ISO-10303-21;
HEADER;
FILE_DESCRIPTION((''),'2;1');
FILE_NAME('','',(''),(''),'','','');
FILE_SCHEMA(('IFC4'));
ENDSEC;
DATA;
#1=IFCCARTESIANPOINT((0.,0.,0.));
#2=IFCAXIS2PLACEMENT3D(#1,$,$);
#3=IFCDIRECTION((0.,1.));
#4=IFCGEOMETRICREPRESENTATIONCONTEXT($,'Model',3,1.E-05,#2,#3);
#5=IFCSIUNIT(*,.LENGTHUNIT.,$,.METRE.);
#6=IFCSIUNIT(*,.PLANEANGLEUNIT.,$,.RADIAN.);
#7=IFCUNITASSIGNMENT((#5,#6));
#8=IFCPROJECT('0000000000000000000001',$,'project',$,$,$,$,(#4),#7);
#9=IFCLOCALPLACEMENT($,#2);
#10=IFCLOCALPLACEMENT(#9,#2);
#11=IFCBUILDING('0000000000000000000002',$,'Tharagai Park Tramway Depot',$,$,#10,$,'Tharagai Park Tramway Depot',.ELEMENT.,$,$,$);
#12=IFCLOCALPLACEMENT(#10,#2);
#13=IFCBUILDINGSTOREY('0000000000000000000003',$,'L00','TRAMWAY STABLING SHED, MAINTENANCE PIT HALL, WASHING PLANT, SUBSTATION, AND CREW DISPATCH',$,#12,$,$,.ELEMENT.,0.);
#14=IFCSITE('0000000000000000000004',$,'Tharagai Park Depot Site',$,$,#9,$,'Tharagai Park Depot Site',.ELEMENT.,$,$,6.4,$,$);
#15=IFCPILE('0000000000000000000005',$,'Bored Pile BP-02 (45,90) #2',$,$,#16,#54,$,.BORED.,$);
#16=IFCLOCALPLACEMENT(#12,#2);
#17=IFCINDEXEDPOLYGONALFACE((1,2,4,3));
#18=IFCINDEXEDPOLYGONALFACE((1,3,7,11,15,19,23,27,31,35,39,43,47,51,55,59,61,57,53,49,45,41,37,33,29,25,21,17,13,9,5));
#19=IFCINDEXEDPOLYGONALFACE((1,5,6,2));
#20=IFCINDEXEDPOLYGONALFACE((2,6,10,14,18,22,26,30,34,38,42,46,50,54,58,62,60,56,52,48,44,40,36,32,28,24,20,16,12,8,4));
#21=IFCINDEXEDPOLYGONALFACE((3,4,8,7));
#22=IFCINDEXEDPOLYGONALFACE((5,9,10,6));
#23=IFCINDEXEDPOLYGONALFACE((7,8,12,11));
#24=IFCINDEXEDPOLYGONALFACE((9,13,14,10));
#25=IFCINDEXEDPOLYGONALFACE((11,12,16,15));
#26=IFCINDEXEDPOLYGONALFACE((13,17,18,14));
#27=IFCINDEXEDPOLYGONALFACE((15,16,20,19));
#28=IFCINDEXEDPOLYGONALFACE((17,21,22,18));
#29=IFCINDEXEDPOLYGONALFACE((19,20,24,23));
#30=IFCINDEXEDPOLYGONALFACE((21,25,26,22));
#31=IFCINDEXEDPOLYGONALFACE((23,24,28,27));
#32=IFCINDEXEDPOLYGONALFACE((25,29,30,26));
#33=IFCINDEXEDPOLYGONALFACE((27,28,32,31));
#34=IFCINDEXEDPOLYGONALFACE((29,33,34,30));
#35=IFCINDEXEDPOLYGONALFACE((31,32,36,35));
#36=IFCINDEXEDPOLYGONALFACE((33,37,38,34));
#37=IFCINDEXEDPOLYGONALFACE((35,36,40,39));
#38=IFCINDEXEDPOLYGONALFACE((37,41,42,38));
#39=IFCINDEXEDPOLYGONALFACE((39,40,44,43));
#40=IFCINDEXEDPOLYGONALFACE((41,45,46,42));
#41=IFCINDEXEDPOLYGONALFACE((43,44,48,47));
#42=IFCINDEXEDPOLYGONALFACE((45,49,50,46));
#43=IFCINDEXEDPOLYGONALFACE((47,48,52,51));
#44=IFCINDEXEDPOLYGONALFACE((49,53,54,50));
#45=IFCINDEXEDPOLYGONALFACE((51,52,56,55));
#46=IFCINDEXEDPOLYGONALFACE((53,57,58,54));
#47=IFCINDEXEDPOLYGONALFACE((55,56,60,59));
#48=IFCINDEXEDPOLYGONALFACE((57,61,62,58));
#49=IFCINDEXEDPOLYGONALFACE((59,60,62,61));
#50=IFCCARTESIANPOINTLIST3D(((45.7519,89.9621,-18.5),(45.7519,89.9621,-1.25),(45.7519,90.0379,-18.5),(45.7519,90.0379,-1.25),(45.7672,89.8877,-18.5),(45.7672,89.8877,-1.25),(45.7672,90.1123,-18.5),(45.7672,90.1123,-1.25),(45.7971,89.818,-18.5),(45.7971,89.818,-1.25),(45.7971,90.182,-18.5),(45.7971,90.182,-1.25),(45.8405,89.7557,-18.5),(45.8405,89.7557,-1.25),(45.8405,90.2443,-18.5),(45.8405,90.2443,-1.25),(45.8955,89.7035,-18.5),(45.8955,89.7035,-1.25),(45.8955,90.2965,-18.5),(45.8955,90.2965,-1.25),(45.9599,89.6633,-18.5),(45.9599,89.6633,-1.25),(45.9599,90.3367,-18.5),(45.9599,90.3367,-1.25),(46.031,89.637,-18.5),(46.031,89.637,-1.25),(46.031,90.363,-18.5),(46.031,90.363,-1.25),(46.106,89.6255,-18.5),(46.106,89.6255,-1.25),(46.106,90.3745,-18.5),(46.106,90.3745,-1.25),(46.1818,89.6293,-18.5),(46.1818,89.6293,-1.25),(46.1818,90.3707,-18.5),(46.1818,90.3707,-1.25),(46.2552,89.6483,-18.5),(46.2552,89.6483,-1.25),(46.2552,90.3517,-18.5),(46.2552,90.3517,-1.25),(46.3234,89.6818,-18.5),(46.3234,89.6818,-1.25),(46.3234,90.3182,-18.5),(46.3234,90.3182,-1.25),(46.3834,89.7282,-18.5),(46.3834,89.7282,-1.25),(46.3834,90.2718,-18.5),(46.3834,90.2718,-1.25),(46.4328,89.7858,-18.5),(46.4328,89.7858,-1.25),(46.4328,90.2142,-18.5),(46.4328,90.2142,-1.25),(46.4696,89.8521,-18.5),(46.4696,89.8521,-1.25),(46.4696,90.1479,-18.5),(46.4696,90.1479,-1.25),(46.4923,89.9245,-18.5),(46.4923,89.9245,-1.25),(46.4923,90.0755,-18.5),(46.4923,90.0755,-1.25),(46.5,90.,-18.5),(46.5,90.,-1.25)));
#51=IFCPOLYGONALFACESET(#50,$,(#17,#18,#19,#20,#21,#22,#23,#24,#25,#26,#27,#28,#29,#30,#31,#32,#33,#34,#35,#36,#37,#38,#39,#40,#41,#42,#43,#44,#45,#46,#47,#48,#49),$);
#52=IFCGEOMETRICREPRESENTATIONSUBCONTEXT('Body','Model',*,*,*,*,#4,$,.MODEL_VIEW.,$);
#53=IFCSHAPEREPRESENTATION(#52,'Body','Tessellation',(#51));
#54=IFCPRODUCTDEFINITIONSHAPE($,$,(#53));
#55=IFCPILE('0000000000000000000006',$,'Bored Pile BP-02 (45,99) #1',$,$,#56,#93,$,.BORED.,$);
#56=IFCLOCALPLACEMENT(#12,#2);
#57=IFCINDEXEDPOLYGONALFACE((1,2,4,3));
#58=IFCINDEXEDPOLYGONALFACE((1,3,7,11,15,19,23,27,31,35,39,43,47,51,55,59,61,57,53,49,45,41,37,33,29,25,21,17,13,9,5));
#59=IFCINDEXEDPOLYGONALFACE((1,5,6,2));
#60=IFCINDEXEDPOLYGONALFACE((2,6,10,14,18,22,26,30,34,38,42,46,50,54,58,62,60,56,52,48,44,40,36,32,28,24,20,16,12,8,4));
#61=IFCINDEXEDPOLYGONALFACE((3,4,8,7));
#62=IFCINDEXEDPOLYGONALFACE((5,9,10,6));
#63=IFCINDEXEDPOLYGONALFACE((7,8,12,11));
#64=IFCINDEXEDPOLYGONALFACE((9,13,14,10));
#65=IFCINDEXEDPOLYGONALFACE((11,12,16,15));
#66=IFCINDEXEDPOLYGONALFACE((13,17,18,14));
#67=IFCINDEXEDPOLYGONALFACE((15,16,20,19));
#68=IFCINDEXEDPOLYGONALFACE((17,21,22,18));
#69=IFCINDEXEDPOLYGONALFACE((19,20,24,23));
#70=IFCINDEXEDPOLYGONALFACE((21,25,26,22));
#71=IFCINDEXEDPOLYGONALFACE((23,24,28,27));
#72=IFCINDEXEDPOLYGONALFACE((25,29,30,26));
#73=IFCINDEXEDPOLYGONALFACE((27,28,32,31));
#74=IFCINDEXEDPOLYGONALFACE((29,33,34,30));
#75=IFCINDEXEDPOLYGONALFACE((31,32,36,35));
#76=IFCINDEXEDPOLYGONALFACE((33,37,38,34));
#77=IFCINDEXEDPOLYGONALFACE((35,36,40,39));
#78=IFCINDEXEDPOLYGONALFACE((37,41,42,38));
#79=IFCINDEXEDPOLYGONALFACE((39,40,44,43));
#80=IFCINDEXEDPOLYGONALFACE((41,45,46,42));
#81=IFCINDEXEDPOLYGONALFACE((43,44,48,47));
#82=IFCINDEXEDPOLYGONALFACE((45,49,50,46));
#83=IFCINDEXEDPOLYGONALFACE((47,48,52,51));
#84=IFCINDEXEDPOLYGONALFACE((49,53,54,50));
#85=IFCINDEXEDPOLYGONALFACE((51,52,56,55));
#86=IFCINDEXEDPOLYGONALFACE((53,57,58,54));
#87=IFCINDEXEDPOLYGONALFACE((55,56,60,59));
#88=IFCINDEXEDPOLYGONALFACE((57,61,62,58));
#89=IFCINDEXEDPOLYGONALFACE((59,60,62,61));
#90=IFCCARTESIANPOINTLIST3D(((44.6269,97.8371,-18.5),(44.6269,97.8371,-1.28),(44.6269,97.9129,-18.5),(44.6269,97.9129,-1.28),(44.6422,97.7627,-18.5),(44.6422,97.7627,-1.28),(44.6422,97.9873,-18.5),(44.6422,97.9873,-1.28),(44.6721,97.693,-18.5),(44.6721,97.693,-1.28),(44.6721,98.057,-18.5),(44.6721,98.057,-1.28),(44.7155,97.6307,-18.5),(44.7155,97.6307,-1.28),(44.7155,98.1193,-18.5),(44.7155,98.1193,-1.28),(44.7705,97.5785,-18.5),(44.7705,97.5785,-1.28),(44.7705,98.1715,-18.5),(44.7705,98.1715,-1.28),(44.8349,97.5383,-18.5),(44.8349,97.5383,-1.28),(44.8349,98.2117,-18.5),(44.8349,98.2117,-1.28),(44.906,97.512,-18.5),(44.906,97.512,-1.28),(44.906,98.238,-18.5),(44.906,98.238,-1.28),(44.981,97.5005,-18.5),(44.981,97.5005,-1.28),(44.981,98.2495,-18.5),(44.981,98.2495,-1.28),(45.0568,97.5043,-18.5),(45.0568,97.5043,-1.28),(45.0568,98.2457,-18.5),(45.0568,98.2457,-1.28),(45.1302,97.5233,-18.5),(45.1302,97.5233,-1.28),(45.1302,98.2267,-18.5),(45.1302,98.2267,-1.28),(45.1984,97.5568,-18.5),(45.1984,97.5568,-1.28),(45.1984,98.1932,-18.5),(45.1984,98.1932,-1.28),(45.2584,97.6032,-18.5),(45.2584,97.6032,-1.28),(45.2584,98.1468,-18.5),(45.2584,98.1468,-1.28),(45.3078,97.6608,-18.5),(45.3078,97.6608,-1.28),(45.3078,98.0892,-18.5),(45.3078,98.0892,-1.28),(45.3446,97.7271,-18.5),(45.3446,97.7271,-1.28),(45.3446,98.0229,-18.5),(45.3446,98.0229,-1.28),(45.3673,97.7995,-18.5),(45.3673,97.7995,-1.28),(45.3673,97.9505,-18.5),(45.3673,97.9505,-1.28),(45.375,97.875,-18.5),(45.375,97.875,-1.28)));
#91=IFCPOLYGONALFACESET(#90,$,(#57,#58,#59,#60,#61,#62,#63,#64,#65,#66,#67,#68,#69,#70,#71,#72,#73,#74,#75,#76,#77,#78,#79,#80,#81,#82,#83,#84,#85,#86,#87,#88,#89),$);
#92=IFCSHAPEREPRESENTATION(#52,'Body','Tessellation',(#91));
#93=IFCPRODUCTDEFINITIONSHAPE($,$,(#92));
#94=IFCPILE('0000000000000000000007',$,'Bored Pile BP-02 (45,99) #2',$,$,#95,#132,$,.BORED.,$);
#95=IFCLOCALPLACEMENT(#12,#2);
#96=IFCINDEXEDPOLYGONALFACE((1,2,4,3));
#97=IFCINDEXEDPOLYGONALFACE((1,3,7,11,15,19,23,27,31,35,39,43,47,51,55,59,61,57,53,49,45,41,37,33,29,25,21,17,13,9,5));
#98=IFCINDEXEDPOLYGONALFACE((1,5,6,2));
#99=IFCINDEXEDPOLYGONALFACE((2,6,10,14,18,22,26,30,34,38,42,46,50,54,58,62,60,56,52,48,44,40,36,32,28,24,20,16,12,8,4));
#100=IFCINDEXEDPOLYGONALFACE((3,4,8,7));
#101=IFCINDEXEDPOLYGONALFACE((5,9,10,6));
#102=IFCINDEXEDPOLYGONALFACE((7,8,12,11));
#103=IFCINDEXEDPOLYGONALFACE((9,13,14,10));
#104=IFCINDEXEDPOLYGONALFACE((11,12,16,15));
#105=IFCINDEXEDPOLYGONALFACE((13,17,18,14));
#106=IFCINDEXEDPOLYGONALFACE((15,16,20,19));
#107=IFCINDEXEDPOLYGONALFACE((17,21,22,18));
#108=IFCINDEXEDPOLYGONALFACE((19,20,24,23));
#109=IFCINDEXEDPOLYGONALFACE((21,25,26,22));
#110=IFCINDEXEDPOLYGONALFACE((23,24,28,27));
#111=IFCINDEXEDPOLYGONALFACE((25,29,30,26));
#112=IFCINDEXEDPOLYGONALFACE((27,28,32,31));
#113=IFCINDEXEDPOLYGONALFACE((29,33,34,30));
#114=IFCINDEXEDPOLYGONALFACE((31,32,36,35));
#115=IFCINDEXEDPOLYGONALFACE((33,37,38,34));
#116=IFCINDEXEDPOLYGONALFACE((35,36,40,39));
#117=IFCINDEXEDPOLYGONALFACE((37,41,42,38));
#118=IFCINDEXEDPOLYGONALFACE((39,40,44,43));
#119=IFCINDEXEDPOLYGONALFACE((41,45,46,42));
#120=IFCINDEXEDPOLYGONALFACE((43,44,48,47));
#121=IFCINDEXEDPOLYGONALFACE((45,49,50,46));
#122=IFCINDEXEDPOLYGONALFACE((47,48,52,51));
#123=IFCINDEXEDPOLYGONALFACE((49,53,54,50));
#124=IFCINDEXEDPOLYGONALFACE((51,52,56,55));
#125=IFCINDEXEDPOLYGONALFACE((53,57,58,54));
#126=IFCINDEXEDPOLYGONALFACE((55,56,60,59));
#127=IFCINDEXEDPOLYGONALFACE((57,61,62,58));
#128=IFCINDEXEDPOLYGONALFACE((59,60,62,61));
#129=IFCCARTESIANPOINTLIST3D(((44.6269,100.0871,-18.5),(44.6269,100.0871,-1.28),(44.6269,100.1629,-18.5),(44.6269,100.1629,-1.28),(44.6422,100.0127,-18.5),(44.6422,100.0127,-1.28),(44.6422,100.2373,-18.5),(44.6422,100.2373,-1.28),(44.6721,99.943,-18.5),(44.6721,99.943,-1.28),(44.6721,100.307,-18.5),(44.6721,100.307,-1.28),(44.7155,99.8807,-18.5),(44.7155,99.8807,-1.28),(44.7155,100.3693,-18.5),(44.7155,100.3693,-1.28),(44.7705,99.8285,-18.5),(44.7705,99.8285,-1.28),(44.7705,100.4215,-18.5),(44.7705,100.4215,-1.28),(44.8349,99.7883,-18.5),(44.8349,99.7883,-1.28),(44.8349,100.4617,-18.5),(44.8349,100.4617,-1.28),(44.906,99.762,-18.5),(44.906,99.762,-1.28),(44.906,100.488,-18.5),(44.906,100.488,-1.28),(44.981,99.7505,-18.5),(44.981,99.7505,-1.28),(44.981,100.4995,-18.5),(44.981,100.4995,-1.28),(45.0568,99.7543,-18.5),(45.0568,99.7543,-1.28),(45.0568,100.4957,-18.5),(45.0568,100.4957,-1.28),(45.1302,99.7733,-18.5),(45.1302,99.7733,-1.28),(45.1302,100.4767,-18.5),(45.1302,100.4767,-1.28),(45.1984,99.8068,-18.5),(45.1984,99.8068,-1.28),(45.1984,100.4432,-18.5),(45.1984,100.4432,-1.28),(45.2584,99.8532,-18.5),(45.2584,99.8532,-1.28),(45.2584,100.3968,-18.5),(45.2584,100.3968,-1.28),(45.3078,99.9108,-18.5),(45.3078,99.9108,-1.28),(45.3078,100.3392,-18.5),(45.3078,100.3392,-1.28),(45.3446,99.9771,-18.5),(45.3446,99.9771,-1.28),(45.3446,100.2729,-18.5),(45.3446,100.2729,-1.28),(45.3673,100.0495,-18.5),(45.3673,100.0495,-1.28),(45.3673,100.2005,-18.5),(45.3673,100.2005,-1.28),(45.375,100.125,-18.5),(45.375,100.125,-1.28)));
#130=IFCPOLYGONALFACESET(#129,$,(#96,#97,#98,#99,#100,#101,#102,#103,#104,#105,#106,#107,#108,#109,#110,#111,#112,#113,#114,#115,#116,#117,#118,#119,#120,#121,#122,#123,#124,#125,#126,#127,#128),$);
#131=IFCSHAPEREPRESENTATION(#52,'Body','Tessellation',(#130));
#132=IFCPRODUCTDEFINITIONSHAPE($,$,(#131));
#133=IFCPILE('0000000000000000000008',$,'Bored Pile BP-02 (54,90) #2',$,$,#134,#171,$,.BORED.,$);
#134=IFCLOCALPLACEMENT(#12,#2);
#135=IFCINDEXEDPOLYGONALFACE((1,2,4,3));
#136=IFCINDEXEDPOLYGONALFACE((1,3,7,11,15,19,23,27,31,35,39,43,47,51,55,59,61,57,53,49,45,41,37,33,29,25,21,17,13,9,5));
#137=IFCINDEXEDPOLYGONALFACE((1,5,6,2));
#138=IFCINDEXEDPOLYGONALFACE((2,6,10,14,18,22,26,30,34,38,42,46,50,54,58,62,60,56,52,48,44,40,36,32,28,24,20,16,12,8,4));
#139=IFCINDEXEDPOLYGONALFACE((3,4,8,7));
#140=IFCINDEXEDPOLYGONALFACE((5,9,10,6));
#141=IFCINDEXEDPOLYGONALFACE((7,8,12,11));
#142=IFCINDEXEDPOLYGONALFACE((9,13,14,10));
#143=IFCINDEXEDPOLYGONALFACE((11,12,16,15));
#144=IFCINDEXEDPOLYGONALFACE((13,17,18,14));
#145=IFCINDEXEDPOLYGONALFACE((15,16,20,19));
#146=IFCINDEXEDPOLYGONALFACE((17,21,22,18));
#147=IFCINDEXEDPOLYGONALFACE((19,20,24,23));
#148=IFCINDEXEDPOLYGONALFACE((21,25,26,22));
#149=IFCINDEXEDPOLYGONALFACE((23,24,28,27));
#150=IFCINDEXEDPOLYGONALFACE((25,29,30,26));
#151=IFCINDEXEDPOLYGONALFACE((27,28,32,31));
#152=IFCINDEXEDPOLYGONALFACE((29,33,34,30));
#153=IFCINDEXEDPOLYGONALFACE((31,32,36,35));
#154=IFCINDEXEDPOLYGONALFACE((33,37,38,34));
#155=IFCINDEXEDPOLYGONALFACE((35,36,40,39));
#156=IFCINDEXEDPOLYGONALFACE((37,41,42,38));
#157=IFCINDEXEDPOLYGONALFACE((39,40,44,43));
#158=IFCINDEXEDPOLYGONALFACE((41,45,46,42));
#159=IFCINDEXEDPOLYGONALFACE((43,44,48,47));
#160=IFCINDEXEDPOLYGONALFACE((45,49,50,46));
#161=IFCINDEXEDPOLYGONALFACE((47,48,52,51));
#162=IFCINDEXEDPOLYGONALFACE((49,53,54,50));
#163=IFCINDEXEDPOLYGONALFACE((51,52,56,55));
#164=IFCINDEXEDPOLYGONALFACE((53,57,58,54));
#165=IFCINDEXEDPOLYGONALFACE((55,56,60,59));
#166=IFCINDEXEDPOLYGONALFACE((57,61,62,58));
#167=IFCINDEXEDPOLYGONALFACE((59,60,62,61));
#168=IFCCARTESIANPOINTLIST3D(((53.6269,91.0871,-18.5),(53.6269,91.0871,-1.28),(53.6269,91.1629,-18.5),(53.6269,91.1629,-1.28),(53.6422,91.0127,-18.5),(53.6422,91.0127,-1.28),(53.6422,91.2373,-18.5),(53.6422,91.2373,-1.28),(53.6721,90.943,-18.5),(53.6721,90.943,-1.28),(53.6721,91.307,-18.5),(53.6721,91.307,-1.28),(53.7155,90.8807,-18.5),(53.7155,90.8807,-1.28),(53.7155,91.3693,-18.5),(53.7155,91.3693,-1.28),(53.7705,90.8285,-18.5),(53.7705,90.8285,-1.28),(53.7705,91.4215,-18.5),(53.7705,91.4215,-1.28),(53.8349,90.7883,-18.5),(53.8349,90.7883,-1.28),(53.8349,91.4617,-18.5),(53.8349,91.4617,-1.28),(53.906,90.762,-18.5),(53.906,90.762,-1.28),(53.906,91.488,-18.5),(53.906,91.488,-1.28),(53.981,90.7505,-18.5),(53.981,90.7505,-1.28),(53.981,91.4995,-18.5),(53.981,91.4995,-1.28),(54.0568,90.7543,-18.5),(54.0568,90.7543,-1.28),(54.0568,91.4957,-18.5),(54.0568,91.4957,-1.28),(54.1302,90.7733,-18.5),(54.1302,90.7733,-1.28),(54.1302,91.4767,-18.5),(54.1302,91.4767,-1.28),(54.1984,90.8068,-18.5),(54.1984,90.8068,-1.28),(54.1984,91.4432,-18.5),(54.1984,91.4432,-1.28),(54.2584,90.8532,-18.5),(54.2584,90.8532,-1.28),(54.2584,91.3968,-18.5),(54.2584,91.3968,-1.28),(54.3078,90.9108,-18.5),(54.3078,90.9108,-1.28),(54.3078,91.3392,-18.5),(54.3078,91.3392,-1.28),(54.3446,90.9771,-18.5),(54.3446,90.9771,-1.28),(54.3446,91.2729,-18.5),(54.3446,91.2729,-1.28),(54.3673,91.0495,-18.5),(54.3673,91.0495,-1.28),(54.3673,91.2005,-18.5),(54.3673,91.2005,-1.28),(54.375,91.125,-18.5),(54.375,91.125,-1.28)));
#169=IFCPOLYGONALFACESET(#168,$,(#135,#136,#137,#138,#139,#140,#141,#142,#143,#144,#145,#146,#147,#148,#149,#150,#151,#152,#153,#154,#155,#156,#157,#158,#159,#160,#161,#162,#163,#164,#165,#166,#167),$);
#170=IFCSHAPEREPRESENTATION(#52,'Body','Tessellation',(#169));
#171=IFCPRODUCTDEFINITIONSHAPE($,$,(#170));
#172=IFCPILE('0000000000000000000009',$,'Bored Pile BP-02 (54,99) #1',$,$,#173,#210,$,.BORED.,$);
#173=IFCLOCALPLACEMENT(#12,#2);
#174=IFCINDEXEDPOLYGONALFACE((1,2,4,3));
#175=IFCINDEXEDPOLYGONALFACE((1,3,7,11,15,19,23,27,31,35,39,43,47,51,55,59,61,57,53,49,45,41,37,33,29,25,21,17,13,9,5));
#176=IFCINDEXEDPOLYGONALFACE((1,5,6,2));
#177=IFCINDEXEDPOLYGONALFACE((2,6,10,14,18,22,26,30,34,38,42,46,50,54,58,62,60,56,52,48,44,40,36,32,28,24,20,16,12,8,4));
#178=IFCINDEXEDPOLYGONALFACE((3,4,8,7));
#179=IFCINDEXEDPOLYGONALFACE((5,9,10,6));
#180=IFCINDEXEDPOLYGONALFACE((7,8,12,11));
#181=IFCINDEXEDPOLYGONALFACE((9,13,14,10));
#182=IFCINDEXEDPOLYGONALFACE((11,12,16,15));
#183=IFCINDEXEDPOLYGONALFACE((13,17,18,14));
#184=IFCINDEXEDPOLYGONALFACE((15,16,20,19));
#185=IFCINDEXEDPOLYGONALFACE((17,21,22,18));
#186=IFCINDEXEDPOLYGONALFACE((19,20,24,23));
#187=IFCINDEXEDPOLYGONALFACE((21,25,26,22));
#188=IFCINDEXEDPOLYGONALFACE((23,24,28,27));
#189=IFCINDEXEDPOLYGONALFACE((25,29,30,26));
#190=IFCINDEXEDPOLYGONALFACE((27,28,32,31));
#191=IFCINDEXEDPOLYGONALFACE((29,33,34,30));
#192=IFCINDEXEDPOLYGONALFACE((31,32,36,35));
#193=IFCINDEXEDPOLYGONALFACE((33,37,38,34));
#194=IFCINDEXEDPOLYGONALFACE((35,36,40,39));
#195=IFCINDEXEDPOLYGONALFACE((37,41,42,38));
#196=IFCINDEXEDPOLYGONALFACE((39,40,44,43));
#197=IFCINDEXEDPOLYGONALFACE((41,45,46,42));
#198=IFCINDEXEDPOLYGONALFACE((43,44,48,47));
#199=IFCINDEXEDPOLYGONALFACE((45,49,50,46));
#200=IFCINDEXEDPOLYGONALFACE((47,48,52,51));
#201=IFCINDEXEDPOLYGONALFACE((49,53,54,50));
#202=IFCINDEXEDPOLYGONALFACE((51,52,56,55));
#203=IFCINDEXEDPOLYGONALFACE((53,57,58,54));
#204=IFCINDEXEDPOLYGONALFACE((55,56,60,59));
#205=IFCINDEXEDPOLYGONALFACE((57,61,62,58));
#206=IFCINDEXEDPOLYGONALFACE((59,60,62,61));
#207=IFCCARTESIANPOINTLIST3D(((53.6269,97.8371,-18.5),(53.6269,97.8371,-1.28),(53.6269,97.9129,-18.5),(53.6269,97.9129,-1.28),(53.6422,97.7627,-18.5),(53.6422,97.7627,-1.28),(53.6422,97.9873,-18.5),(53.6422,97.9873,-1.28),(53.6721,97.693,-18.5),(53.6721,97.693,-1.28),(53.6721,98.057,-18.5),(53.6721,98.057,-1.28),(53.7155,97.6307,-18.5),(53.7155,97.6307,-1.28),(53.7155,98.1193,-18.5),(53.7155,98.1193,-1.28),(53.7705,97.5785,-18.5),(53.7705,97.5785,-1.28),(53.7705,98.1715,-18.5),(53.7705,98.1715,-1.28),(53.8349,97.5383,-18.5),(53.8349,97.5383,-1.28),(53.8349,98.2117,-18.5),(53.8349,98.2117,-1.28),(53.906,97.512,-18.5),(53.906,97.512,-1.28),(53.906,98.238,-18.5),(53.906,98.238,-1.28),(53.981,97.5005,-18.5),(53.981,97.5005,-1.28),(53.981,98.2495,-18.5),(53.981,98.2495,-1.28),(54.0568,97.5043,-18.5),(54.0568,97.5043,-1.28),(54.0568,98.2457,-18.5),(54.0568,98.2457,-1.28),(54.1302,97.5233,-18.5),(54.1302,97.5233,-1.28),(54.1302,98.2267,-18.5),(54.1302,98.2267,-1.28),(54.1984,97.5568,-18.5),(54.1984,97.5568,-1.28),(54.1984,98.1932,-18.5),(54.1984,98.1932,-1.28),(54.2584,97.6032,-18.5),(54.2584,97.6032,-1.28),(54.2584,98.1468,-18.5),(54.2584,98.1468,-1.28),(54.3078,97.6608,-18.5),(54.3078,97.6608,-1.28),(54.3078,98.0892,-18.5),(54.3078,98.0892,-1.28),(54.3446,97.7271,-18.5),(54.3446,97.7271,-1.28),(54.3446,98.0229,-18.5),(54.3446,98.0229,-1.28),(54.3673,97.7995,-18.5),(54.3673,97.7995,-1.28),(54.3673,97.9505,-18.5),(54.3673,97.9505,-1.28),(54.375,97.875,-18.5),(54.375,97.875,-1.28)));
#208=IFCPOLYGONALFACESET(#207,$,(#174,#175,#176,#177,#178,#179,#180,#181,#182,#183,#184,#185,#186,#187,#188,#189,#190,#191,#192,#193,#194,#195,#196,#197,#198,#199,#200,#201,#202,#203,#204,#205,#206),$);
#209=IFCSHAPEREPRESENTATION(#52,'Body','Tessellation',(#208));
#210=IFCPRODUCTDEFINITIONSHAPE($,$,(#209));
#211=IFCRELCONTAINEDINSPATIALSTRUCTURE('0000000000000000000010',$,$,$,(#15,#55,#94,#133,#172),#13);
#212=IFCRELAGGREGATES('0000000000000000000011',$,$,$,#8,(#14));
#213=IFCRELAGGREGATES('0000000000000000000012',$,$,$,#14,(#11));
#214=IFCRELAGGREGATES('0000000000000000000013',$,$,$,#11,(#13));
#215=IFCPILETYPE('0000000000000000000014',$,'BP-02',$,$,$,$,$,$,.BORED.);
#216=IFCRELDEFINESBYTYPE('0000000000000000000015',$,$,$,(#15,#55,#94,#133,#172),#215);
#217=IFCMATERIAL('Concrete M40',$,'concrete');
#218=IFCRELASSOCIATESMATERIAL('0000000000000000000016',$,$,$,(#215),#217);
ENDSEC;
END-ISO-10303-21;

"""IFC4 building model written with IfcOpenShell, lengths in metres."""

from ifc_helpers import new_model, si_unit, direction, frame, origin, origin_2d, place, context, subcontext, project, spatial, circle, extrude, material, material_profile, profile_set, type_object, element, save


model = new_model("IFC4")

# Units and contexts
model_context = context("Model", 3, precision=1e-05, world=origin(), true_north=direction((0.0, 1.0)))
body_context = subcontext(model_context, "Body", "Model", "MODEL_VIEW")
ifc_project = project(units=[si_unit("LENGTHUNIT", "METRE"), si_unit("PLANEANGLEUNIT", "RADIAN")], contexts=[model_context])

# Site, building, storey
site_placement = place(None, origin())
site = spatial("IfcSite", under=ifc_project, at=site_placement, Name="Tharagai Park Depot Site", LongName="Tharagai Park Depot Site", CompositionType="ELEMENT", RefElevation=6.4)
building_placement = place(site_placement, origin())
building = spatial("IfcBuilding", under=site, at=building_placement, Name="Tharagai Park Tramway Depot", LongName="Tharagai Park Tramway Depot", CompositionType="ELEMENT")
storey_placement = place(building_placement, origin())
storey = spatial("IfcBuildingStorey", under=building, at=storey_placement, Name="L00", Description="TRAMWAY STABLING SHED, MAINTENANCE PIT HALL, WASHING PLANT, SUBSTATION, AND CREW DISPATCH", CompositionType="ELEMENT", Elevation=0.0)

# Piles
ifc_material_1 = material(Name="Concrete M40", Category="concrete")
ifc_material_profile_1 = material_profile(ifc_material_1, circle(Radius=0.375, at=origin_2d()), Name="PILE D750")
ifc_profile_set_1 = profile_set([ifc_material_profile_1], Name="Concrete M40")
pile_type_1 = type_object("IfcPileType", Name="BP-02", PredefinedType="BORED", material=ifc_profile_set_1)
pile_1_placement = place(storey_placement, frame((46.125, 90.0, -1.25), z_axis=(0.0, 0.0, -1.0), x_axis=(1.0, 0.0, 0.0)))
element("IfcPile", 1, at=pile_1_placement, inside=storey, type_object=pile_type_1, Name="Bored Pile BP-02 (45,90) #2", PredefinedType="BORED", context=body_context, shape_type="SweptSolid", body=[
    extrude(circle(Radius=0.375, at=origin_2d()), origin(), (0.0, 0.0, 1.0), 17.25),
])
for number, where, z_axis, x_axis, name in (
    (2, (45.0, 97.875, -1.28), (0.0, 0.0, -1.0), (1.0, 0.0, 0.0), "Bored Pile BP-02 (45,99) #1"),
    (3, (45.0, 100.125, -1.28), (0.0, 0.0, -1.0), (1.0, 0.0, 0.0), "Bored Pile BP-02 (45,99) #2"),
    (4, (54.0, 91.125, -1.28), (0.0, 0.0, -1.0), (1.0, 0.0, 0.0), "Bored Pile BP-02 (54,90) #2"),
    (5, (54.0, 97.875, -1.28), (0.0, 0.0, -1.0), (1.0, 0.0, 0.0), "Bored Pile BP-02 (54,99) #1"),
):
    element("IfcPile", number, at=place(storey_placement, frame(where, z_axis=z_axis, x_axis=x_axis)), inside=storey, type_object=pile_type_1, Name=name, PredefinedType="BORED", context=body_context, shape_type="SweptSolid", body=[
        extrude(circle(Radius=0.375, at=origin_2d()), origin(), (0.0, 0.0, 1.0), 17.22),
    ])

save(model, "model.ifc")
